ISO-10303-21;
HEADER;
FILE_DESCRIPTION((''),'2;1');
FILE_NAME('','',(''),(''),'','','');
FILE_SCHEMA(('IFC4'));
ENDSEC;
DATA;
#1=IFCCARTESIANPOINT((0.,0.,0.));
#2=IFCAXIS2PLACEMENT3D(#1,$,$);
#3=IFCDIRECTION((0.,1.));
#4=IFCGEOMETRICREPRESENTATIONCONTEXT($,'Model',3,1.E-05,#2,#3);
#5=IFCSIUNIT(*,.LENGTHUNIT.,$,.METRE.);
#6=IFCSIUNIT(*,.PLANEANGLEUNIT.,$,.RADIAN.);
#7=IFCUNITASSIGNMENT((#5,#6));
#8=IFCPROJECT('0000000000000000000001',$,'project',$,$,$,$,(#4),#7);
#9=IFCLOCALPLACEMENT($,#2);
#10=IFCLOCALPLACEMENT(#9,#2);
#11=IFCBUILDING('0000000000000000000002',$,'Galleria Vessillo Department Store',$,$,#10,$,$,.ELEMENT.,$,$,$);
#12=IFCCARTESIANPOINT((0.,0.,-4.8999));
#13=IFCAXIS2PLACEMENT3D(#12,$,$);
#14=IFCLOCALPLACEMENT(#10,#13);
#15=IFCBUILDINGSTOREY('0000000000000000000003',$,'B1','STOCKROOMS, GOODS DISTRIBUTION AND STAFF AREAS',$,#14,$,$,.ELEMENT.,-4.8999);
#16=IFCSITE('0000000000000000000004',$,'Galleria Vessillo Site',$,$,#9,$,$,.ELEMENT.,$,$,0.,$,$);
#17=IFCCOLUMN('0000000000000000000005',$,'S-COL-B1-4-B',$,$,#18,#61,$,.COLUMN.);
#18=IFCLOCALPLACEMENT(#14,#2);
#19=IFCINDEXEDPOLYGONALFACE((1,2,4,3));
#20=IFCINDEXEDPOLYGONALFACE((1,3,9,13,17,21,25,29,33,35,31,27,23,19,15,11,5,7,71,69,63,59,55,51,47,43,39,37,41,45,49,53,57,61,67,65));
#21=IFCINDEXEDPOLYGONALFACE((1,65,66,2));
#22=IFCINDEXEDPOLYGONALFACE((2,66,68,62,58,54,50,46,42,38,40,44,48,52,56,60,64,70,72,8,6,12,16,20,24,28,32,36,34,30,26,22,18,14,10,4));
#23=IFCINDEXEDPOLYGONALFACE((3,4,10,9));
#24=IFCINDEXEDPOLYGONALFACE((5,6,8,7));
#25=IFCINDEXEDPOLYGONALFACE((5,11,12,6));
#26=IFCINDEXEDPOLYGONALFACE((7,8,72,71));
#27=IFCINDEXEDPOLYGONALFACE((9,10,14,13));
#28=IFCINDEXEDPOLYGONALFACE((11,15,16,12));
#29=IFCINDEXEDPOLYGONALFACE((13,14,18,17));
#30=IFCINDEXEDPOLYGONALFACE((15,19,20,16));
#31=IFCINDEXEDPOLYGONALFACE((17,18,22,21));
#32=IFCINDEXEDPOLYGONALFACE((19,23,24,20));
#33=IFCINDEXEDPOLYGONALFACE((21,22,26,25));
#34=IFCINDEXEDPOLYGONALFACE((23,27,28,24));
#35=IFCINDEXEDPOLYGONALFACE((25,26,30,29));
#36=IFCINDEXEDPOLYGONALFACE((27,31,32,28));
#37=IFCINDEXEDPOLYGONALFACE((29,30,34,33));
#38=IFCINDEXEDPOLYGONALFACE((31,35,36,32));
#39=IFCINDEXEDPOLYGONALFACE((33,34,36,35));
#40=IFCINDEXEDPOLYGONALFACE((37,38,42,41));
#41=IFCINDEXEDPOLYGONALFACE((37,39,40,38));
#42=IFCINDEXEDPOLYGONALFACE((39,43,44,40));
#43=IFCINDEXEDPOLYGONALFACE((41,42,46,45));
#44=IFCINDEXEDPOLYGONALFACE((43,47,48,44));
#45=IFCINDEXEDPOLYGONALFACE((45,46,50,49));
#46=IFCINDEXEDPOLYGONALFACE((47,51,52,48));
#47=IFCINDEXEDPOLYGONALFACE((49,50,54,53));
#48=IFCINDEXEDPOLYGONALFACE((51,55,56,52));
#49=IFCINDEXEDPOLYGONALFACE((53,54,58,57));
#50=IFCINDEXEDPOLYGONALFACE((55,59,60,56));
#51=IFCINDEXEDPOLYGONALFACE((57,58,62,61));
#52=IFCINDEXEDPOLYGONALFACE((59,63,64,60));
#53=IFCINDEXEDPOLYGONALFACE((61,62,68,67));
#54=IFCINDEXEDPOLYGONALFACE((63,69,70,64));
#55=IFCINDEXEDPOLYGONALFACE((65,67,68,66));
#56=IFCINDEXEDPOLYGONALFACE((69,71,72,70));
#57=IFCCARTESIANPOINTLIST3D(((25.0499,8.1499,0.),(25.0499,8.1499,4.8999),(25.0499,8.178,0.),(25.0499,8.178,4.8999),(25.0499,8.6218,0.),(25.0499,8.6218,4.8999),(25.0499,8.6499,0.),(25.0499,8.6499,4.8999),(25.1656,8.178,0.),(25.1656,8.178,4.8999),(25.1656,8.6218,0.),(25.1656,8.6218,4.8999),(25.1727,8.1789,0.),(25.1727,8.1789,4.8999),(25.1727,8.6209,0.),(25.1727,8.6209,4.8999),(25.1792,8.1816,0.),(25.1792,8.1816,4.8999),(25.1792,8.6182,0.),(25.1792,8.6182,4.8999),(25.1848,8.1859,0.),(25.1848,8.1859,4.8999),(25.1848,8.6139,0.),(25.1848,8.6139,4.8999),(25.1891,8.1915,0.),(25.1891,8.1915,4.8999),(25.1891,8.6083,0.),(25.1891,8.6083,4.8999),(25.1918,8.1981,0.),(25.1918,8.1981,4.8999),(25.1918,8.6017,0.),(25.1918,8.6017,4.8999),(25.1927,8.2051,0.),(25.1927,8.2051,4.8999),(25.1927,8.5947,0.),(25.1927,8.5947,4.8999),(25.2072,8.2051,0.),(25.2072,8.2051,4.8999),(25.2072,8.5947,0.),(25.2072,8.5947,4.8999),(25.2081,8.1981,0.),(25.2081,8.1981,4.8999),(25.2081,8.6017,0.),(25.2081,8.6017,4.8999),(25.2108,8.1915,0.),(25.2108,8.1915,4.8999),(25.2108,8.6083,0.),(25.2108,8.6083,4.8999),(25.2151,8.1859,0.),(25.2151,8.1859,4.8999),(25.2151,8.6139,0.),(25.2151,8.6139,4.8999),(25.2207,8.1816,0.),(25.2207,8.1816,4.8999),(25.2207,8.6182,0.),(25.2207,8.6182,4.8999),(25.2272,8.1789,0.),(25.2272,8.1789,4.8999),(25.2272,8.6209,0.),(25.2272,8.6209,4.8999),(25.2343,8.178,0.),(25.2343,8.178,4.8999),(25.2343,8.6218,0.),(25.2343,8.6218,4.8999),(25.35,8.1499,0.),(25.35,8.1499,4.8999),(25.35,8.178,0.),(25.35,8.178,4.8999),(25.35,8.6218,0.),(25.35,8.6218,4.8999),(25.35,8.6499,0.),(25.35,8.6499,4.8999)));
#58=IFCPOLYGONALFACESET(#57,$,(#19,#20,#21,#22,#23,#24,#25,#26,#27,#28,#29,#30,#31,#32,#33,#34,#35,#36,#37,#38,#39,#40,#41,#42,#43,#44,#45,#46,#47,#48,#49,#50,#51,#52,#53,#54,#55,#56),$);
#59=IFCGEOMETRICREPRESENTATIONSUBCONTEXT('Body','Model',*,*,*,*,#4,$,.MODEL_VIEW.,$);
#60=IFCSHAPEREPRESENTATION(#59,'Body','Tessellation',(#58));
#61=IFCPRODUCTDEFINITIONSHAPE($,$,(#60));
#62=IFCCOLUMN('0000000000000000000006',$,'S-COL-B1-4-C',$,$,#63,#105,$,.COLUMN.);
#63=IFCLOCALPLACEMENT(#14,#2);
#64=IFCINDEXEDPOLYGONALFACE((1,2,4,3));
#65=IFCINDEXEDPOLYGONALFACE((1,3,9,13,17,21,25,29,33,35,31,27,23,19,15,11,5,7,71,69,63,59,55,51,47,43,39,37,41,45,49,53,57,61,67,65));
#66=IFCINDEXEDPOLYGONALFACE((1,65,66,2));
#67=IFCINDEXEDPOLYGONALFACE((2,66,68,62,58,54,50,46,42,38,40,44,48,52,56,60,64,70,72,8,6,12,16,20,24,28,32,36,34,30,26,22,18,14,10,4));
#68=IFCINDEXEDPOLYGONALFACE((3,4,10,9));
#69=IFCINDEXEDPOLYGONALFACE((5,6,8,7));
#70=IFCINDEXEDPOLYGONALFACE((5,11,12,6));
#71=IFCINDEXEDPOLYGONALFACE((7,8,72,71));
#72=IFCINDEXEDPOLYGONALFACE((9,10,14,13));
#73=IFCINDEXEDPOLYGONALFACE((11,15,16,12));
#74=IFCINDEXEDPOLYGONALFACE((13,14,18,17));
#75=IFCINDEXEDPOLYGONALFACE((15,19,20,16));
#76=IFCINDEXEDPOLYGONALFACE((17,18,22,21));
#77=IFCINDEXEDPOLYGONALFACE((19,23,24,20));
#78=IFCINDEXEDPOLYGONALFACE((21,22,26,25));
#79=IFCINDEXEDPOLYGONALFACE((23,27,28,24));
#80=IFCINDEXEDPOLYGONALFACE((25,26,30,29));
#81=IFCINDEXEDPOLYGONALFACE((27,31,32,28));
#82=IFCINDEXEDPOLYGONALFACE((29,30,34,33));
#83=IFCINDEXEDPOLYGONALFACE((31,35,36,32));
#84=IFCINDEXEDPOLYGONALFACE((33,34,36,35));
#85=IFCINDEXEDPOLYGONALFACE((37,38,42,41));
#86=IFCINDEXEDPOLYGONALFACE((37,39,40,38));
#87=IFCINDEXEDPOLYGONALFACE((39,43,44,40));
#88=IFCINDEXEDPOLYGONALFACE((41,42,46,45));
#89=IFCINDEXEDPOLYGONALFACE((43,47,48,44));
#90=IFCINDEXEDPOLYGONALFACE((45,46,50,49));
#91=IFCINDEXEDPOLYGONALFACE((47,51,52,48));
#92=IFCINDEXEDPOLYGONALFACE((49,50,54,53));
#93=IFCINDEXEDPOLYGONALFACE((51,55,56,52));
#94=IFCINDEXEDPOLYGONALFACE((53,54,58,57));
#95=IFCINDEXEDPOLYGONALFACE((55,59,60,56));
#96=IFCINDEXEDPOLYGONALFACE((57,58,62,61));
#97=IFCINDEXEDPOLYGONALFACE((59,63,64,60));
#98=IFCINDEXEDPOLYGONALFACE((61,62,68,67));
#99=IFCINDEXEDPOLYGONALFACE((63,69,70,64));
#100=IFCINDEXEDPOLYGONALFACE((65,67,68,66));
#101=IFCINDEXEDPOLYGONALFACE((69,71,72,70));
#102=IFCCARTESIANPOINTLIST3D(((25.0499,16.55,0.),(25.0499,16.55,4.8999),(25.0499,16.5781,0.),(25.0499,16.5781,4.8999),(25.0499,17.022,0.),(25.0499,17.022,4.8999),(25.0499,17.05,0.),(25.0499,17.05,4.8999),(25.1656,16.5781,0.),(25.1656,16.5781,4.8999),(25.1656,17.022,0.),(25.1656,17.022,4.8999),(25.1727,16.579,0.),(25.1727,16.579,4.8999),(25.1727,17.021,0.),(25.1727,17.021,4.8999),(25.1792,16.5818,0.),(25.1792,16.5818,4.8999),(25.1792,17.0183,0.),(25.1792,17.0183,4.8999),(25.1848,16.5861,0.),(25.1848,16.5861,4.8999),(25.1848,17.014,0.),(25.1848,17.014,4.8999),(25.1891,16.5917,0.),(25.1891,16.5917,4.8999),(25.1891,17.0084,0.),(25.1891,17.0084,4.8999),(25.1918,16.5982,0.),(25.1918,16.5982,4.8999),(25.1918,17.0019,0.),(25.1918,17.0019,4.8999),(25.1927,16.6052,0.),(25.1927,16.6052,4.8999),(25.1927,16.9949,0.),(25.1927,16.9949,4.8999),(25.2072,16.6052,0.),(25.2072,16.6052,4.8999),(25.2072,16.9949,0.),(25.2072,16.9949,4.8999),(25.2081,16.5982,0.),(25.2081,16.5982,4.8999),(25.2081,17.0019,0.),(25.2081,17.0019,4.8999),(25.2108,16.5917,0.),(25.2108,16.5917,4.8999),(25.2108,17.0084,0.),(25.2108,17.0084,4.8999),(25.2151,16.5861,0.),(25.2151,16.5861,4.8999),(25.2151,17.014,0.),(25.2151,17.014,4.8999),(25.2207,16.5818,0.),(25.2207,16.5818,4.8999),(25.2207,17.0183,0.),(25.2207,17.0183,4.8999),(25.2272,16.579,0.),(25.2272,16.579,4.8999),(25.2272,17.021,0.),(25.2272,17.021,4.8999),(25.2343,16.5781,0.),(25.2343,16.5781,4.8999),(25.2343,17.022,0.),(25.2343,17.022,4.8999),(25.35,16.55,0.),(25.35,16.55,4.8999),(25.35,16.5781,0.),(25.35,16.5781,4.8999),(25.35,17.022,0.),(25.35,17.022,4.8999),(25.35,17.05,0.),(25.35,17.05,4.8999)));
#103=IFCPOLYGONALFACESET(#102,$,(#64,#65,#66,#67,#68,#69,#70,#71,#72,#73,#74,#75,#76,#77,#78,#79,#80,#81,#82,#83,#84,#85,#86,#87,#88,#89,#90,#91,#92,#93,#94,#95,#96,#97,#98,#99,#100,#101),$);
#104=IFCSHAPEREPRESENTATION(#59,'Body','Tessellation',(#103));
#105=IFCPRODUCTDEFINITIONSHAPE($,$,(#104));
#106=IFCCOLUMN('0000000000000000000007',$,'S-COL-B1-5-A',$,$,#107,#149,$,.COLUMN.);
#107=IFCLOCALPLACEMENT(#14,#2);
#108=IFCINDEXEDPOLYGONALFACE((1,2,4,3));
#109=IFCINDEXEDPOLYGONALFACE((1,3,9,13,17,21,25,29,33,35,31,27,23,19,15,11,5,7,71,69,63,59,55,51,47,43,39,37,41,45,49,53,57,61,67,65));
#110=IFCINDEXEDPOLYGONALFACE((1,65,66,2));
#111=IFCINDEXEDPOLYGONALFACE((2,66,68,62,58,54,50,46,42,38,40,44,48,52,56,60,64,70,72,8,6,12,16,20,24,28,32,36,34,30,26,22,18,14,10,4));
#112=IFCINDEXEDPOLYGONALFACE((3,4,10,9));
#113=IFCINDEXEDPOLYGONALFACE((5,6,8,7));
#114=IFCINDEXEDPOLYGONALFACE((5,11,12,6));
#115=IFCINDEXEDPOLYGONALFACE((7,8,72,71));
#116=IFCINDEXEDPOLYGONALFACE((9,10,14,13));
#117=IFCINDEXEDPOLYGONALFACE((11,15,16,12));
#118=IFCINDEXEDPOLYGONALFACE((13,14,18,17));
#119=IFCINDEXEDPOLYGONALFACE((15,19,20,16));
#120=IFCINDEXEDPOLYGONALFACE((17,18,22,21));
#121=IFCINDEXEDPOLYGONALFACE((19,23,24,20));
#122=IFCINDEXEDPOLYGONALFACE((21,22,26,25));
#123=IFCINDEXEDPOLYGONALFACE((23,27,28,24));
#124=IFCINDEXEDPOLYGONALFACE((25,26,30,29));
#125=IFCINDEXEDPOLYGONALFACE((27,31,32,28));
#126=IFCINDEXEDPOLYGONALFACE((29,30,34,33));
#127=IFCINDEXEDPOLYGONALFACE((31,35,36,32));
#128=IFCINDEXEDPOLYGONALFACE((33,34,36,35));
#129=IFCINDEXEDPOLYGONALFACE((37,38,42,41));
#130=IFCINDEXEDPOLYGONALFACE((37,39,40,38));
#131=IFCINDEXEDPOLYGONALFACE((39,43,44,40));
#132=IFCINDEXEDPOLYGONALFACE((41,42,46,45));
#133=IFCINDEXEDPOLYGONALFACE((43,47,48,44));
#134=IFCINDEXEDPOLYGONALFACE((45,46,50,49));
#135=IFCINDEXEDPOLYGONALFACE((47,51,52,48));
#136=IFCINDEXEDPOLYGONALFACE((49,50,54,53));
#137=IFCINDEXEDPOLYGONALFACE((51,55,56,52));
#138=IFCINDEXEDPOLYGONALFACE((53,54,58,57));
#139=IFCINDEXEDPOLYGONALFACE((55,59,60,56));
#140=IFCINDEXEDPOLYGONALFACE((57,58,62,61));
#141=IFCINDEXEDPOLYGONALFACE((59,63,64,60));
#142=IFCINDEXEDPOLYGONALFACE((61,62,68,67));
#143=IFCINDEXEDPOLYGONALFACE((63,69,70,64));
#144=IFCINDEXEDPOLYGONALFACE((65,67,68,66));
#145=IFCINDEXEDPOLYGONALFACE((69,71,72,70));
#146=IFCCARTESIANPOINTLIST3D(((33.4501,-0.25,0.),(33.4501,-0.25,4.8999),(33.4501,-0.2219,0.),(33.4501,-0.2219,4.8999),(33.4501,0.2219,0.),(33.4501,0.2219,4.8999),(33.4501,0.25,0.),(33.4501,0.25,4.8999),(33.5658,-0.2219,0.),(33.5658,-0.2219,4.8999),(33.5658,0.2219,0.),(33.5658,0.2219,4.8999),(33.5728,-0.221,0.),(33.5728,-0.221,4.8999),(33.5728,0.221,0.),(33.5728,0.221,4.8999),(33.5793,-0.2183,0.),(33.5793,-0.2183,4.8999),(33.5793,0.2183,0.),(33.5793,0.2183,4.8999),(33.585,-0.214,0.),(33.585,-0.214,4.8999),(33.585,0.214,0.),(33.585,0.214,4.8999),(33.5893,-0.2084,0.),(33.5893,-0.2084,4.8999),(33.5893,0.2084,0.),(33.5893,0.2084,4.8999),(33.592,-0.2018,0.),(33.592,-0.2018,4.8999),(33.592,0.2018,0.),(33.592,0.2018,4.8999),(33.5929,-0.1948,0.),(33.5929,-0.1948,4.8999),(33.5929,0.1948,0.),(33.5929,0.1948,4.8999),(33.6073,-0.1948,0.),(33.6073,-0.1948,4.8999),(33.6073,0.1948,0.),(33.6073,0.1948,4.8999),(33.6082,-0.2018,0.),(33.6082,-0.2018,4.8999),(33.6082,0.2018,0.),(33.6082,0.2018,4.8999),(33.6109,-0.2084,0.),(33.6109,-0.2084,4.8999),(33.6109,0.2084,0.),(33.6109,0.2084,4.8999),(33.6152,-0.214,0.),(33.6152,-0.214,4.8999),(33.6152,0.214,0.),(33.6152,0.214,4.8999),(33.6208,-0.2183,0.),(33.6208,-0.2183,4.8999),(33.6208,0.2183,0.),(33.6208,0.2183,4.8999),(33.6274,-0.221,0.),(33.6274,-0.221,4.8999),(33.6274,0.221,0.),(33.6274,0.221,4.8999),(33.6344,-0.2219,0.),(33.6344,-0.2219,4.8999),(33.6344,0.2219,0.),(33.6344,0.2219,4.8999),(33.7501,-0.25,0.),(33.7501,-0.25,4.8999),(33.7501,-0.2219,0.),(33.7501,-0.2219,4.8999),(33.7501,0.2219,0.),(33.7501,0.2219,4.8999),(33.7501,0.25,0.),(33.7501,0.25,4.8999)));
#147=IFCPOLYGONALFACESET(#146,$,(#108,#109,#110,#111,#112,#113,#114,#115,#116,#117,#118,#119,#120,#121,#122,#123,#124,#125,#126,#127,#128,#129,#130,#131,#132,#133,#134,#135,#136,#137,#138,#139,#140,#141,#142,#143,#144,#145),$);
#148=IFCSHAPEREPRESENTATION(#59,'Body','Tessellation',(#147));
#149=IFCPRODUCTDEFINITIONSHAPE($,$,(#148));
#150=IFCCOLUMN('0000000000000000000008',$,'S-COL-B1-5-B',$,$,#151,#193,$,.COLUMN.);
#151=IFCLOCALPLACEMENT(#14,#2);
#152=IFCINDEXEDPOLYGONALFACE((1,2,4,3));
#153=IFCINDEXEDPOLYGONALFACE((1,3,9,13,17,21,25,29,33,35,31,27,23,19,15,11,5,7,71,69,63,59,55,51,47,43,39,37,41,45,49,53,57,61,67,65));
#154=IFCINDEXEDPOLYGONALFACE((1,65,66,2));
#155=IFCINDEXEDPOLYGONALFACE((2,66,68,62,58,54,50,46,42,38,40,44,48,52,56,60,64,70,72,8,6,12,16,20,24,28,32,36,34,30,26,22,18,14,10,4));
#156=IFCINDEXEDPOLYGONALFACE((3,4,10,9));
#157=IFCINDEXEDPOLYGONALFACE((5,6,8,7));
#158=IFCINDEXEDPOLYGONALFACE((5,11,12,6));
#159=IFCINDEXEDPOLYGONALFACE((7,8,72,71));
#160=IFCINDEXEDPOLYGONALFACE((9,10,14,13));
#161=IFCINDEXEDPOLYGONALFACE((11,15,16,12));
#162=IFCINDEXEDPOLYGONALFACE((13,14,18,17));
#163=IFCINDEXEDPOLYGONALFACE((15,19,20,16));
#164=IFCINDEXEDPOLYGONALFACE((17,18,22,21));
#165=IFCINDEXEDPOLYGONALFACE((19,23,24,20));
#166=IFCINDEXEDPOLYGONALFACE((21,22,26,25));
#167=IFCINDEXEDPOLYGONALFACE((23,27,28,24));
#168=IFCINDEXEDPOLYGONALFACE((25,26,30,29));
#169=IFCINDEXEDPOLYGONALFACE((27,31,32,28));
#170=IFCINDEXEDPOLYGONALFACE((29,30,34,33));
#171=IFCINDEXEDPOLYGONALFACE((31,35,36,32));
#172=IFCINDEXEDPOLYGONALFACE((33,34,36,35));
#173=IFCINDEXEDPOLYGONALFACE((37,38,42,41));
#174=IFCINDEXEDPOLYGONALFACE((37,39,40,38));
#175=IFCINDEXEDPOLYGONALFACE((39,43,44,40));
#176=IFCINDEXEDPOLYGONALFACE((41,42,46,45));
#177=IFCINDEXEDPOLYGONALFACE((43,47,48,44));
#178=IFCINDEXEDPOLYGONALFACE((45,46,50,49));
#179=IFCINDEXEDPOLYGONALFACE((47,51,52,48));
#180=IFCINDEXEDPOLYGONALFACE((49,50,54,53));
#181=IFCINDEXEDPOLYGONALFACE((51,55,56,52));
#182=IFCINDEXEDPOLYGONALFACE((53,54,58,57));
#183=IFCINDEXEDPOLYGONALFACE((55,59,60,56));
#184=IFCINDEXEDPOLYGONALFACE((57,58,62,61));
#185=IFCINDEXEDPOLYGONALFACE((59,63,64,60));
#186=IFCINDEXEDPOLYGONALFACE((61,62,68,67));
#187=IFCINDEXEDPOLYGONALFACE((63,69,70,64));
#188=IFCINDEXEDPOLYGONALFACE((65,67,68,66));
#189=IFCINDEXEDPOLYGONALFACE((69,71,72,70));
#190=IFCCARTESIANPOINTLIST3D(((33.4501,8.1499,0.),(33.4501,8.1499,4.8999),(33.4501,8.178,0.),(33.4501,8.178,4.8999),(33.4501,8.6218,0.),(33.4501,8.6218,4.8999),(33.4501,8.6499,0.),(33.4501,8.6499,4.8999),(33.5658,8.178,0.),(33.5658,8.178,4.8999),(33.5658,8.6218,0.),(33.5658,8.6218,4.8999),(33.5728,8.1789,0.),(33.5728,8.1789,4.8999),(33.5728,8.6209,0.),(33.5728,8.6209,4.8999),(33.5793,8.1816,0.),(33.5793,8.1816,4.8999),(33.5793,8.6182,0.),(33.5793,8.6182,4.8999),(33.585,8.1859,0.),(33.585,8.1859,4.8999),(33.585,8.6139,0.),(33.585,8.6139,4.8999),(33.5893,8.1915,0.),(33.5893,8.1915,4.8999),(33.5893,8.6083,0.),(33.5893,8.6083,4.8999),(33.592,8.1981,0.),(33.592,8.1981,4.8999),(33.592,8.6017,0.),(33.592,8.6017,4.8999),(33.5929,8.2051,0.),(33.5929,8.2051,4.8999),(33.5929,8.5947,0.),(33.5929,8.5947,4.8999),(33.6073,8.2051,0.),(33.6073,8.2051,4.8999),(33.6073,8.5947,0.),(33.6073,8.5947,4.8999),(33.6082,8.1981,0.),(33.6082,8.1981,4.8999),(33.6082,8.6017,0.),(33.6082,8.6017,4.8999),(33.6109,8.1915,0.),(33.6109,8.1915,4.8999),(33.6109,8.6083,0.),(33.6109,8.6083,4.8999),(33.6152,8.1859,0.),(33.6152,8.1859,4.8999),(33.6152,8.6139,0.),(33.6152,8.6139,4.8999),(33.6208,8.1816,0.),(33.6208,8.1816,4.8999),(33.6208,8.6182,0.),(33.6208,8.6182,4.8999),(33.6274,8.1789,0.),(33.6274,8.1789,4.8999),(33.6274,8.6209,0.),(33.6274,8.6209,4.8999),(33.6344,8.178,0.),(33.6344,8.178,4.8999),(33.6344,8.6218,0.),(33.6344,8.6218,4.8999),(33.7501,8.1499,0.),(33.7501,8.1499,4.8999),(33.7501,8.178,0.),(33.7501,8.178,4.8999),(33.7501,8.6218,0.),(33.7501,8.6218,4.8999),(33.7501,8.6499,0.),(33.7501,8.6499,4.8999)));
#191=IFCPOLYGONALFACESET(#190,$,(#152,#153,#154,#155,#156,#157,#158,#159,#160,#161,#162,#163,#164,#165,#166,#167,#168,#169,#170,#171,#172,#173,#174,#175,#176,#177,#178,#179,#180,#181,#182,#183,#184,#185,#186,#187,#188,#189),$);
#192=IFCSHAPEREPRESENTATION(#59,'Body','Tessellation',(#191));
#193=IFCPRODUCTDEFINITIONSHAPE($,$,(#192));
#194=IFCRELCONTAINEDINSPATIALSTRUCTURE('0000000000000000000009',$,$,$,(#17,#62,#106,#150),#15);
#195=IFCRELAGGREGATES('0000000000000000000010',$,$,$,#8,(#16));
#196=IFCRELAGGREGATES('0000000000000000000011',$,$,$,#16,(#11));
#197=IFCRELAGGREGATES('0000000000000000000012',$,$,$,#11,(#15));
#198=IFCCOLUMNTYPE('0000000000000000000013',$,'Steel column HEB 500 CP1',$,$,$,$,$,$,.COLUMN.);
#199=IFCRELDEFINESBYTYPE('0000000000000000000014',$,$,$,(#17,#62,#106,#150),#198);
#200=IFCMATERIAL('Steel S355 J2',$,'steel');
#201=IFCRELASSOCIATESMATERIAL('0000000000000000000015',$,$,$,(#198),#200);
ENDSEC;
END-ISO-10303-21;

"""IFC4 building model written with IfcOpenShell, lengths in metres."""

from ifc_helpers import new_model, si_unit, direction, frame, origin, origin_2d, place, context, subcontext, project, spatial, i_section, extrude, material, material_profile, profile_set, type_object, element, save


model = new_model("IFC4")

# Units and contexts
model_context = context("Model", 3, precision=1e-05, world=origin(), true_north=direction((0.0, 1.0)))
body_context = subcontext(model_context, "Body", "Model", "MODEL_VIEW")
ifc_project = project(units=[si_unit("LENGTHUNIT", "METRE"), si_unit("PLANEANGLEUNIT", "RADIAN")], contexts=[model_context])

# Site, building, storey
site_placement = place(None, origin())
site = spatial("IfcSite", under=ifc_project, at=site_placement, Name="Galleria Vessillo Site", CompositionType="ELEMENT", RefElevation=0.0)
building_placement = place(site_placement, origin())
building = spatial("IfcBuilding", under=site, at=building_placement, Name="Galleria Vessillo Department Store", CompositionType="ELEMENT")
storey_placement = place(building_placement, frame((0.0, 0.0, -4.8999)))
storey = spatial("IfcBuildingStorey", under=building, at=storey_placement, Name="B1", Description="STOCKROOMS, GOODS DISTRIBUTION AND STAFF AREAS", CompositionType="ELEMENT", Elevation=-4.8999)

# Columns
ifc_material_1 = material(Name="Steel S355 J2", Category="steel")
ifc_material_profile = material_profile(ifc_material_1, i_section(OverallWidth=0.3, OverallDepth=0.5, WebThickness=0.0144, FlangeThickness=0.0281, FilletRadius=0.0271, at=origin_2d()), Name="HEB 500")
ifc_profile_set = profile_set([ifc_material_profile], Name="Steel S355 J2")
column_type = type_object("IfcColumnType", Name="Steel column HEB 500 CP1", PredefinedType="COLUMN", material=ifc_profile_set)
for number, where, z_axis, x_axis, name in (
    (1, (25.2, 8.3999, 0.0), (0.0, 0.0, 1.0), (1.0, 0.0, 0.0), "S-COL-B1-4-B"),
    (2, (25.2, 16.8, 0.0), (0.0, 0.0, 1.0), (1.0, 0.0, 0.0), "S-COL-B1-4-C"),
    (3, (33.6001, 0.0, 0.0), (0.0, 0.0, 1.0), (1.0, 0.0, 0.0), "S-COL-B1-5-A"),
    (4, (33.6001, 8.3999, 0.0), (0.0, 0.0, 1.0), (1.0, 0.0, 0.0), "S-COL-B1-5-B"),
):
    element("IfcColumn", number, at=place(storey_placement, frame(where, z_axis=z_axis, x_axis=x_axis)), inside=storey, type_object=column_type, Name=name, PredefinedType="COLUMN", context=body_context, shape_type="SweptSolid", body=[
        extrude(i_section(OverallWidth=0.3, OverallDepth=0.5, WebThickness=0.0144, FlangeThickness=0.0281, FilletRadius=0.0271, at=origin_2d()), origin(), (0.0, 0.0, 1.0), 4.8999),
    ])

save(model, "model.ifc")
